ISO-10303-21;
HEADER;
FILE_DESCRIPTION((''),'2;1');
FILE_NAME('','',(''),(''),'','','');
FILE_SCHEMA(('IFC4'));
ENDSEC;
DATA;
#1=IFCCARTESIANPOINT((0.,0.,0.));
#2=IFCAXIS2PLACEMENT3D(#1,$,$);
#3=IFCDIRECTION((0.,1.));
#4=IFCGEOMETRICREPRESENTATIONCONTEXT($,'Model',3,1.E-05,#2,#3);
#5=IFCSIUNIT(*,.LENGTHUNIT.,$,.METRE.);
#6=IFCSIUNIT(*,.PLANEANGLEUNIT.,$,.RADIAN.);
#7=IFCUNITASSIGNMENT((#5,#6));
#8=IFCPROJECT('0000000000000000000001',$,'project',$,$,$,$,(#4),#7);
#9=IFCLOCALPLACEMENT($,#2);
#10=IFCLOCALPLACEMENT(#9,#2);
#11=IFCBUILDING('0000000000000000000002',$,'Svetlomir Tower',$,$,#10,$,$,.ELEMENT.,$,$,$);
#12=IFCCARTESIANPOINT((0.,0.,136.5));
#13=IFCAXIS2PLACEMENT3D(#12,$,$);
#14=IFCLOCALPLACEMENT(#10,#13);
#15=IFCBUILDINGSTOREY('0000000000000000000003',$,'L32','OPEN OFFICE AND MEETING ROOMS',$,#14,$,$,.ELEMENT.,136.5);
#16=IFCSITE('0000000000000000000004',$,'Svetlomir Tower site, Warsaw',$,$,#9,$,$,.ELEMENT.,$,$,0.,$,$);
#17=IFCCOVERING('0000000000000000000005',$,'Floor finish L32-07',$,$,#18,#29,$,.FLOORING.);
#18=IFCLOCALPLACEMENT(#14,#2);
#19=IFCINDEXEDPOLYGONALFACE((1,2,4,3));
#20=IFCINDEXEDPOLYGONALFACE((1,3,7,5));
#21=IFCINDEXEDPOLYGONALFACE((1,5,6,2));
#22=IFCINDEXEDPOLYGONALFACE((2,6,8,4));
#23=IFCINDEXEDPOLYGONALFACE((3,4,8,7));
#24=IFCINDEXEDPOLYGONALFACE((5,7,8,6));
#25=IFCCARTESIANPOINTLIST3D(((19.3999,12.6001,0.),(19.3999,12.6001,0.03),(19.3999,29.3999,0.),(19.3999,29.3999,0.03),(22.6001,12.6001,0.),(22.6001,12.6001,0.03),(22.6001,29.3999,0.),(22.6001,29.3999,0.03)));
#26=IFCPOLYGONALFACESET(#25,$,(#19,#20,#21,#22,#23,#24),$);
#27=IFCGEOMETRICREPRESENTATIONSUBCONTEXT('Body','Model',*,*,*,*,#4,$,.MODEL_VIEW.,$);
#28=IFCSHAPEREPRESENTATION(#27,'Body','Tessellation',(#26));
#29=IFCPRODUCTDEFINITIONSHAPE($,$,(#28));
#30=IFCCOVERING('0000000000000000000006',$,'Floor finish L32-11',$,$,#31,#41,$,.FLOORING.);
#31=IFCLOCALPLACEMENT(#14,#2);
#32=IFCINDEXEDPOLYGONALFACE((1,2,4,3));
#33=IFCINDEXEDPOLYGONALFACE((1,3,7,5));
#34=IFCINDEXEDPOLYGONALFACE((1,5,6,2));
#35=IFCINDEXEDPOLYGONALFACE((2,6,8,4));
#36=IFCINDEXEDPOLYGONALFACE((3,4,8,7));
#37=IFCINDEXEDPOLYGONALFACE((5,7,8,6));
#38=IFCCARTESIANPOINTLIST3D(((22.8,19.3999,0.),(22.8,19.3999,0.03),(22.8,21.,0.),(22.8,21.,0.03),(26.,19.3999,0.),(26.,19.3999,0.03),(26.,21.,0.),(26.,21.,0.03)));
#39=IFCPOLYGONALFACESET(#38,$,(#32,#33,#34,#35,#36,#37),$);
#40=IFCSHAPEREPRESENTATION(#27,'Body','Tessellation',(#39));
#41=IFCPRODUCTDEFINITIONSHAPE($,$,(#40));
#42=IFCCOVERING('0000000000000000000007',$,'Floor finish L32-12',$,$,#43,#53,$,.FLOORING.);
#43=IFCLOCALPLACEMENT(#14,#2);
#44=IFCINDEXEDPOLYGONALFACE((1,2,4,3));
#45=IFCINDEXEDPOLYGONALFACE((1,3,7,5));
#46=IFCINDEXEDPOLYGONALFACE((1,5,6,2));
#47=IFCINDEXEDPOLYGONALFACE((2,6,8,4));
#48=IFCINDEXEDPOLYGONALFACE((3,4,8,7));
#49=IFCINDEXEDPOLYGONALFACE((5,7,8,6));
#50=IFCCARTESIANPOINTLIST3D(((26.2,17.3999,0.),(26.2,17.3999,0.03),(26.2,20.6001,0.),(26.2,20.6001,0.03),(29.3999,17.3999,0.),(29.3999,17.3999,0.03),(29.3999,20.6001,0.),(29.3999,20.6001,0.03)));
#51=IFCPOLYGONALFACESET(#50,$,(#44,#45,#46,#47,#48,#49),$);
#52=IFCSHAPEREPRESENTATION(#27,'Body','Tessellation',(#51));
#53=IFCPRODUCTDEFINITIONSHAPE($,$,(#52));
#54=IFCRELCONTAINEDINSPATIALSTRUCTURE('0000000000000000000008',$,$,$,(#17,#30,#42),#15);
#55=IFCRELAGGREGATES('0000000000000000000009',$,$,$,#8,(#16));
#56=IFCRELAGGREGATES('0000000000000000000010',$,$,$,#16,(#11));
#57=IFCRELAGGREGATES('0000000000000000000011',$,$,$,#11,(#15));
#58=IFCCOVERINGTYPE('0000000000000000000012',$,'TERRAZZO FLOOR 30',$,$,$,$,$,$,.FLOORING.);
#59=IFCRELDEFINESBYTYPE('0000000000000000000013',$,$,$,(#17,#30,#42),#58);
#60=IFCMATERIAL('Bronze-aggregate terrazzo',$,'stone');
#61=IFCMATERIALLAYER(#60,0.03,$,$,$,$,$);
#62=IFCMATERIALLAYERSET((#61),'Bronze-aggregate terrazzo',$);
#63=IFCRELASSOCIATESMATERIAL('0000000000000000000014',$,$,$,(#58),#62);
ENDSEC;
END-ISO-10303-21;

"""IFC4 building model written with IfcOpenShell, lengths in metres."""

from ifc_helpers import new_model, si_unit, direction, frame, origin, place, context, subcontext, project, spatial, polyline, outline, extrude, material, layer, layer_set, type_object, element, save


model = new_model("IFC4")

# Units and contexts
model_context = context("Model", 3, precision=1e-05, world=origin(), true_north=direction((0.0, 1.0)))
body_context = subcontext(model_context, "Body", "Model", "MODEL_VIEW")
ifc_project = project(units=[si_unit("LENGTHUNIT", "METRE"), si_unit("PLANEANGLEUNIT", "RADIAN")], contexts=[model_context])

# Site, building, storey
site_placement = place(None, origin())
site = spatial("IfcSite", under=ifc_project, at=site_placement, Name="Svetlomir Tower site, Warsaw", CompositionType="ELEMENT", RefElevation=0.0)
building_placement = place(site_placement, origin())
building = spatial("IfcBuilding", under=site, at=building_placement, Name="Svetlomir Tower", CompositionType="ELEMENT")
storey_placement = place(building_placement, frame((0.0, 0.0, 136.5)))
storey = spatial("IfcBuildingStorey", under=building, at=storey_placement, Name="L32", Description="OPEN OFFICE AND MEETING ROOMS", CompositionType="ELEMENT", Elevation=136.5)

# Coverings
ifc_material_1 = material(Name="Bronze-aggregate terrazzo", Category="stone")
ifc_layer_1 = layer(ifc_material_1, 0.03)
ifc_layer_set_1 = layer_set([ifc_layer_1], Name="Bronze-aggregate terrazzo")
covering_type_1 = type_object("IfcCoveringType", Name="TERRAZZO FLOOR 30", PredefinedType="FLOORING", material=ifc_layer_set_1)
covering_1_placement = place(storey_placement, origin())
element("IfcCovering", 1, at=covering_1_placement, inside=storey, type_object=covering_type_1, Name="Floor finish L32-07", PredefinedType="FLOORING", context=body_context, shape_type="SweptSolid", body=[
    extrude(outline(polyline([(19.3999, 12.6001), (22.6001, 12.6001), (22.6001, 29.3999), (19.3999, 29.3999), (19.3999, 12.6001)])), origin(), (0.0, 0.0, 1.0), 0.03),
])
covering_2_placement = place(storey_placement, origin())
element("IfcCovering", 2, at=covering_2_placement, inside=storey, type_object=covering_type_1, Name="Floor finish L32-11", PredefinedType="FLOORING", context=body_context, shape_type="SweptSolid", body=[
    extrude(outline(polyline([(22.8, 19.3999), (26.0, 19.3999), (26.0, 21.0), (22.8, 21.0), (22.8, 19.3999)])), origin(), (0.0, 0.0, 1.0), 0.03),
])
covering_3_placement = place(storey_placement, origin())
element("IfcCovering", 3, at=covering_3_placement, inside=storey, type_object=covering_type_1, Name="Floor finish L32-12", PredefinedType="FLOORING", context=body_context, shape_type="SweptSolid", body=[
    extrude(outline(polyline([(26.2, 17.3999), (29.3999, 17.3999), (29.3999, 20.6001), (26.2, 20.6001), (26.2, 17.3999)])), origin(), (0.0, 0.0, 1.0), 0.03),
])

save(model, "model.ifc")
